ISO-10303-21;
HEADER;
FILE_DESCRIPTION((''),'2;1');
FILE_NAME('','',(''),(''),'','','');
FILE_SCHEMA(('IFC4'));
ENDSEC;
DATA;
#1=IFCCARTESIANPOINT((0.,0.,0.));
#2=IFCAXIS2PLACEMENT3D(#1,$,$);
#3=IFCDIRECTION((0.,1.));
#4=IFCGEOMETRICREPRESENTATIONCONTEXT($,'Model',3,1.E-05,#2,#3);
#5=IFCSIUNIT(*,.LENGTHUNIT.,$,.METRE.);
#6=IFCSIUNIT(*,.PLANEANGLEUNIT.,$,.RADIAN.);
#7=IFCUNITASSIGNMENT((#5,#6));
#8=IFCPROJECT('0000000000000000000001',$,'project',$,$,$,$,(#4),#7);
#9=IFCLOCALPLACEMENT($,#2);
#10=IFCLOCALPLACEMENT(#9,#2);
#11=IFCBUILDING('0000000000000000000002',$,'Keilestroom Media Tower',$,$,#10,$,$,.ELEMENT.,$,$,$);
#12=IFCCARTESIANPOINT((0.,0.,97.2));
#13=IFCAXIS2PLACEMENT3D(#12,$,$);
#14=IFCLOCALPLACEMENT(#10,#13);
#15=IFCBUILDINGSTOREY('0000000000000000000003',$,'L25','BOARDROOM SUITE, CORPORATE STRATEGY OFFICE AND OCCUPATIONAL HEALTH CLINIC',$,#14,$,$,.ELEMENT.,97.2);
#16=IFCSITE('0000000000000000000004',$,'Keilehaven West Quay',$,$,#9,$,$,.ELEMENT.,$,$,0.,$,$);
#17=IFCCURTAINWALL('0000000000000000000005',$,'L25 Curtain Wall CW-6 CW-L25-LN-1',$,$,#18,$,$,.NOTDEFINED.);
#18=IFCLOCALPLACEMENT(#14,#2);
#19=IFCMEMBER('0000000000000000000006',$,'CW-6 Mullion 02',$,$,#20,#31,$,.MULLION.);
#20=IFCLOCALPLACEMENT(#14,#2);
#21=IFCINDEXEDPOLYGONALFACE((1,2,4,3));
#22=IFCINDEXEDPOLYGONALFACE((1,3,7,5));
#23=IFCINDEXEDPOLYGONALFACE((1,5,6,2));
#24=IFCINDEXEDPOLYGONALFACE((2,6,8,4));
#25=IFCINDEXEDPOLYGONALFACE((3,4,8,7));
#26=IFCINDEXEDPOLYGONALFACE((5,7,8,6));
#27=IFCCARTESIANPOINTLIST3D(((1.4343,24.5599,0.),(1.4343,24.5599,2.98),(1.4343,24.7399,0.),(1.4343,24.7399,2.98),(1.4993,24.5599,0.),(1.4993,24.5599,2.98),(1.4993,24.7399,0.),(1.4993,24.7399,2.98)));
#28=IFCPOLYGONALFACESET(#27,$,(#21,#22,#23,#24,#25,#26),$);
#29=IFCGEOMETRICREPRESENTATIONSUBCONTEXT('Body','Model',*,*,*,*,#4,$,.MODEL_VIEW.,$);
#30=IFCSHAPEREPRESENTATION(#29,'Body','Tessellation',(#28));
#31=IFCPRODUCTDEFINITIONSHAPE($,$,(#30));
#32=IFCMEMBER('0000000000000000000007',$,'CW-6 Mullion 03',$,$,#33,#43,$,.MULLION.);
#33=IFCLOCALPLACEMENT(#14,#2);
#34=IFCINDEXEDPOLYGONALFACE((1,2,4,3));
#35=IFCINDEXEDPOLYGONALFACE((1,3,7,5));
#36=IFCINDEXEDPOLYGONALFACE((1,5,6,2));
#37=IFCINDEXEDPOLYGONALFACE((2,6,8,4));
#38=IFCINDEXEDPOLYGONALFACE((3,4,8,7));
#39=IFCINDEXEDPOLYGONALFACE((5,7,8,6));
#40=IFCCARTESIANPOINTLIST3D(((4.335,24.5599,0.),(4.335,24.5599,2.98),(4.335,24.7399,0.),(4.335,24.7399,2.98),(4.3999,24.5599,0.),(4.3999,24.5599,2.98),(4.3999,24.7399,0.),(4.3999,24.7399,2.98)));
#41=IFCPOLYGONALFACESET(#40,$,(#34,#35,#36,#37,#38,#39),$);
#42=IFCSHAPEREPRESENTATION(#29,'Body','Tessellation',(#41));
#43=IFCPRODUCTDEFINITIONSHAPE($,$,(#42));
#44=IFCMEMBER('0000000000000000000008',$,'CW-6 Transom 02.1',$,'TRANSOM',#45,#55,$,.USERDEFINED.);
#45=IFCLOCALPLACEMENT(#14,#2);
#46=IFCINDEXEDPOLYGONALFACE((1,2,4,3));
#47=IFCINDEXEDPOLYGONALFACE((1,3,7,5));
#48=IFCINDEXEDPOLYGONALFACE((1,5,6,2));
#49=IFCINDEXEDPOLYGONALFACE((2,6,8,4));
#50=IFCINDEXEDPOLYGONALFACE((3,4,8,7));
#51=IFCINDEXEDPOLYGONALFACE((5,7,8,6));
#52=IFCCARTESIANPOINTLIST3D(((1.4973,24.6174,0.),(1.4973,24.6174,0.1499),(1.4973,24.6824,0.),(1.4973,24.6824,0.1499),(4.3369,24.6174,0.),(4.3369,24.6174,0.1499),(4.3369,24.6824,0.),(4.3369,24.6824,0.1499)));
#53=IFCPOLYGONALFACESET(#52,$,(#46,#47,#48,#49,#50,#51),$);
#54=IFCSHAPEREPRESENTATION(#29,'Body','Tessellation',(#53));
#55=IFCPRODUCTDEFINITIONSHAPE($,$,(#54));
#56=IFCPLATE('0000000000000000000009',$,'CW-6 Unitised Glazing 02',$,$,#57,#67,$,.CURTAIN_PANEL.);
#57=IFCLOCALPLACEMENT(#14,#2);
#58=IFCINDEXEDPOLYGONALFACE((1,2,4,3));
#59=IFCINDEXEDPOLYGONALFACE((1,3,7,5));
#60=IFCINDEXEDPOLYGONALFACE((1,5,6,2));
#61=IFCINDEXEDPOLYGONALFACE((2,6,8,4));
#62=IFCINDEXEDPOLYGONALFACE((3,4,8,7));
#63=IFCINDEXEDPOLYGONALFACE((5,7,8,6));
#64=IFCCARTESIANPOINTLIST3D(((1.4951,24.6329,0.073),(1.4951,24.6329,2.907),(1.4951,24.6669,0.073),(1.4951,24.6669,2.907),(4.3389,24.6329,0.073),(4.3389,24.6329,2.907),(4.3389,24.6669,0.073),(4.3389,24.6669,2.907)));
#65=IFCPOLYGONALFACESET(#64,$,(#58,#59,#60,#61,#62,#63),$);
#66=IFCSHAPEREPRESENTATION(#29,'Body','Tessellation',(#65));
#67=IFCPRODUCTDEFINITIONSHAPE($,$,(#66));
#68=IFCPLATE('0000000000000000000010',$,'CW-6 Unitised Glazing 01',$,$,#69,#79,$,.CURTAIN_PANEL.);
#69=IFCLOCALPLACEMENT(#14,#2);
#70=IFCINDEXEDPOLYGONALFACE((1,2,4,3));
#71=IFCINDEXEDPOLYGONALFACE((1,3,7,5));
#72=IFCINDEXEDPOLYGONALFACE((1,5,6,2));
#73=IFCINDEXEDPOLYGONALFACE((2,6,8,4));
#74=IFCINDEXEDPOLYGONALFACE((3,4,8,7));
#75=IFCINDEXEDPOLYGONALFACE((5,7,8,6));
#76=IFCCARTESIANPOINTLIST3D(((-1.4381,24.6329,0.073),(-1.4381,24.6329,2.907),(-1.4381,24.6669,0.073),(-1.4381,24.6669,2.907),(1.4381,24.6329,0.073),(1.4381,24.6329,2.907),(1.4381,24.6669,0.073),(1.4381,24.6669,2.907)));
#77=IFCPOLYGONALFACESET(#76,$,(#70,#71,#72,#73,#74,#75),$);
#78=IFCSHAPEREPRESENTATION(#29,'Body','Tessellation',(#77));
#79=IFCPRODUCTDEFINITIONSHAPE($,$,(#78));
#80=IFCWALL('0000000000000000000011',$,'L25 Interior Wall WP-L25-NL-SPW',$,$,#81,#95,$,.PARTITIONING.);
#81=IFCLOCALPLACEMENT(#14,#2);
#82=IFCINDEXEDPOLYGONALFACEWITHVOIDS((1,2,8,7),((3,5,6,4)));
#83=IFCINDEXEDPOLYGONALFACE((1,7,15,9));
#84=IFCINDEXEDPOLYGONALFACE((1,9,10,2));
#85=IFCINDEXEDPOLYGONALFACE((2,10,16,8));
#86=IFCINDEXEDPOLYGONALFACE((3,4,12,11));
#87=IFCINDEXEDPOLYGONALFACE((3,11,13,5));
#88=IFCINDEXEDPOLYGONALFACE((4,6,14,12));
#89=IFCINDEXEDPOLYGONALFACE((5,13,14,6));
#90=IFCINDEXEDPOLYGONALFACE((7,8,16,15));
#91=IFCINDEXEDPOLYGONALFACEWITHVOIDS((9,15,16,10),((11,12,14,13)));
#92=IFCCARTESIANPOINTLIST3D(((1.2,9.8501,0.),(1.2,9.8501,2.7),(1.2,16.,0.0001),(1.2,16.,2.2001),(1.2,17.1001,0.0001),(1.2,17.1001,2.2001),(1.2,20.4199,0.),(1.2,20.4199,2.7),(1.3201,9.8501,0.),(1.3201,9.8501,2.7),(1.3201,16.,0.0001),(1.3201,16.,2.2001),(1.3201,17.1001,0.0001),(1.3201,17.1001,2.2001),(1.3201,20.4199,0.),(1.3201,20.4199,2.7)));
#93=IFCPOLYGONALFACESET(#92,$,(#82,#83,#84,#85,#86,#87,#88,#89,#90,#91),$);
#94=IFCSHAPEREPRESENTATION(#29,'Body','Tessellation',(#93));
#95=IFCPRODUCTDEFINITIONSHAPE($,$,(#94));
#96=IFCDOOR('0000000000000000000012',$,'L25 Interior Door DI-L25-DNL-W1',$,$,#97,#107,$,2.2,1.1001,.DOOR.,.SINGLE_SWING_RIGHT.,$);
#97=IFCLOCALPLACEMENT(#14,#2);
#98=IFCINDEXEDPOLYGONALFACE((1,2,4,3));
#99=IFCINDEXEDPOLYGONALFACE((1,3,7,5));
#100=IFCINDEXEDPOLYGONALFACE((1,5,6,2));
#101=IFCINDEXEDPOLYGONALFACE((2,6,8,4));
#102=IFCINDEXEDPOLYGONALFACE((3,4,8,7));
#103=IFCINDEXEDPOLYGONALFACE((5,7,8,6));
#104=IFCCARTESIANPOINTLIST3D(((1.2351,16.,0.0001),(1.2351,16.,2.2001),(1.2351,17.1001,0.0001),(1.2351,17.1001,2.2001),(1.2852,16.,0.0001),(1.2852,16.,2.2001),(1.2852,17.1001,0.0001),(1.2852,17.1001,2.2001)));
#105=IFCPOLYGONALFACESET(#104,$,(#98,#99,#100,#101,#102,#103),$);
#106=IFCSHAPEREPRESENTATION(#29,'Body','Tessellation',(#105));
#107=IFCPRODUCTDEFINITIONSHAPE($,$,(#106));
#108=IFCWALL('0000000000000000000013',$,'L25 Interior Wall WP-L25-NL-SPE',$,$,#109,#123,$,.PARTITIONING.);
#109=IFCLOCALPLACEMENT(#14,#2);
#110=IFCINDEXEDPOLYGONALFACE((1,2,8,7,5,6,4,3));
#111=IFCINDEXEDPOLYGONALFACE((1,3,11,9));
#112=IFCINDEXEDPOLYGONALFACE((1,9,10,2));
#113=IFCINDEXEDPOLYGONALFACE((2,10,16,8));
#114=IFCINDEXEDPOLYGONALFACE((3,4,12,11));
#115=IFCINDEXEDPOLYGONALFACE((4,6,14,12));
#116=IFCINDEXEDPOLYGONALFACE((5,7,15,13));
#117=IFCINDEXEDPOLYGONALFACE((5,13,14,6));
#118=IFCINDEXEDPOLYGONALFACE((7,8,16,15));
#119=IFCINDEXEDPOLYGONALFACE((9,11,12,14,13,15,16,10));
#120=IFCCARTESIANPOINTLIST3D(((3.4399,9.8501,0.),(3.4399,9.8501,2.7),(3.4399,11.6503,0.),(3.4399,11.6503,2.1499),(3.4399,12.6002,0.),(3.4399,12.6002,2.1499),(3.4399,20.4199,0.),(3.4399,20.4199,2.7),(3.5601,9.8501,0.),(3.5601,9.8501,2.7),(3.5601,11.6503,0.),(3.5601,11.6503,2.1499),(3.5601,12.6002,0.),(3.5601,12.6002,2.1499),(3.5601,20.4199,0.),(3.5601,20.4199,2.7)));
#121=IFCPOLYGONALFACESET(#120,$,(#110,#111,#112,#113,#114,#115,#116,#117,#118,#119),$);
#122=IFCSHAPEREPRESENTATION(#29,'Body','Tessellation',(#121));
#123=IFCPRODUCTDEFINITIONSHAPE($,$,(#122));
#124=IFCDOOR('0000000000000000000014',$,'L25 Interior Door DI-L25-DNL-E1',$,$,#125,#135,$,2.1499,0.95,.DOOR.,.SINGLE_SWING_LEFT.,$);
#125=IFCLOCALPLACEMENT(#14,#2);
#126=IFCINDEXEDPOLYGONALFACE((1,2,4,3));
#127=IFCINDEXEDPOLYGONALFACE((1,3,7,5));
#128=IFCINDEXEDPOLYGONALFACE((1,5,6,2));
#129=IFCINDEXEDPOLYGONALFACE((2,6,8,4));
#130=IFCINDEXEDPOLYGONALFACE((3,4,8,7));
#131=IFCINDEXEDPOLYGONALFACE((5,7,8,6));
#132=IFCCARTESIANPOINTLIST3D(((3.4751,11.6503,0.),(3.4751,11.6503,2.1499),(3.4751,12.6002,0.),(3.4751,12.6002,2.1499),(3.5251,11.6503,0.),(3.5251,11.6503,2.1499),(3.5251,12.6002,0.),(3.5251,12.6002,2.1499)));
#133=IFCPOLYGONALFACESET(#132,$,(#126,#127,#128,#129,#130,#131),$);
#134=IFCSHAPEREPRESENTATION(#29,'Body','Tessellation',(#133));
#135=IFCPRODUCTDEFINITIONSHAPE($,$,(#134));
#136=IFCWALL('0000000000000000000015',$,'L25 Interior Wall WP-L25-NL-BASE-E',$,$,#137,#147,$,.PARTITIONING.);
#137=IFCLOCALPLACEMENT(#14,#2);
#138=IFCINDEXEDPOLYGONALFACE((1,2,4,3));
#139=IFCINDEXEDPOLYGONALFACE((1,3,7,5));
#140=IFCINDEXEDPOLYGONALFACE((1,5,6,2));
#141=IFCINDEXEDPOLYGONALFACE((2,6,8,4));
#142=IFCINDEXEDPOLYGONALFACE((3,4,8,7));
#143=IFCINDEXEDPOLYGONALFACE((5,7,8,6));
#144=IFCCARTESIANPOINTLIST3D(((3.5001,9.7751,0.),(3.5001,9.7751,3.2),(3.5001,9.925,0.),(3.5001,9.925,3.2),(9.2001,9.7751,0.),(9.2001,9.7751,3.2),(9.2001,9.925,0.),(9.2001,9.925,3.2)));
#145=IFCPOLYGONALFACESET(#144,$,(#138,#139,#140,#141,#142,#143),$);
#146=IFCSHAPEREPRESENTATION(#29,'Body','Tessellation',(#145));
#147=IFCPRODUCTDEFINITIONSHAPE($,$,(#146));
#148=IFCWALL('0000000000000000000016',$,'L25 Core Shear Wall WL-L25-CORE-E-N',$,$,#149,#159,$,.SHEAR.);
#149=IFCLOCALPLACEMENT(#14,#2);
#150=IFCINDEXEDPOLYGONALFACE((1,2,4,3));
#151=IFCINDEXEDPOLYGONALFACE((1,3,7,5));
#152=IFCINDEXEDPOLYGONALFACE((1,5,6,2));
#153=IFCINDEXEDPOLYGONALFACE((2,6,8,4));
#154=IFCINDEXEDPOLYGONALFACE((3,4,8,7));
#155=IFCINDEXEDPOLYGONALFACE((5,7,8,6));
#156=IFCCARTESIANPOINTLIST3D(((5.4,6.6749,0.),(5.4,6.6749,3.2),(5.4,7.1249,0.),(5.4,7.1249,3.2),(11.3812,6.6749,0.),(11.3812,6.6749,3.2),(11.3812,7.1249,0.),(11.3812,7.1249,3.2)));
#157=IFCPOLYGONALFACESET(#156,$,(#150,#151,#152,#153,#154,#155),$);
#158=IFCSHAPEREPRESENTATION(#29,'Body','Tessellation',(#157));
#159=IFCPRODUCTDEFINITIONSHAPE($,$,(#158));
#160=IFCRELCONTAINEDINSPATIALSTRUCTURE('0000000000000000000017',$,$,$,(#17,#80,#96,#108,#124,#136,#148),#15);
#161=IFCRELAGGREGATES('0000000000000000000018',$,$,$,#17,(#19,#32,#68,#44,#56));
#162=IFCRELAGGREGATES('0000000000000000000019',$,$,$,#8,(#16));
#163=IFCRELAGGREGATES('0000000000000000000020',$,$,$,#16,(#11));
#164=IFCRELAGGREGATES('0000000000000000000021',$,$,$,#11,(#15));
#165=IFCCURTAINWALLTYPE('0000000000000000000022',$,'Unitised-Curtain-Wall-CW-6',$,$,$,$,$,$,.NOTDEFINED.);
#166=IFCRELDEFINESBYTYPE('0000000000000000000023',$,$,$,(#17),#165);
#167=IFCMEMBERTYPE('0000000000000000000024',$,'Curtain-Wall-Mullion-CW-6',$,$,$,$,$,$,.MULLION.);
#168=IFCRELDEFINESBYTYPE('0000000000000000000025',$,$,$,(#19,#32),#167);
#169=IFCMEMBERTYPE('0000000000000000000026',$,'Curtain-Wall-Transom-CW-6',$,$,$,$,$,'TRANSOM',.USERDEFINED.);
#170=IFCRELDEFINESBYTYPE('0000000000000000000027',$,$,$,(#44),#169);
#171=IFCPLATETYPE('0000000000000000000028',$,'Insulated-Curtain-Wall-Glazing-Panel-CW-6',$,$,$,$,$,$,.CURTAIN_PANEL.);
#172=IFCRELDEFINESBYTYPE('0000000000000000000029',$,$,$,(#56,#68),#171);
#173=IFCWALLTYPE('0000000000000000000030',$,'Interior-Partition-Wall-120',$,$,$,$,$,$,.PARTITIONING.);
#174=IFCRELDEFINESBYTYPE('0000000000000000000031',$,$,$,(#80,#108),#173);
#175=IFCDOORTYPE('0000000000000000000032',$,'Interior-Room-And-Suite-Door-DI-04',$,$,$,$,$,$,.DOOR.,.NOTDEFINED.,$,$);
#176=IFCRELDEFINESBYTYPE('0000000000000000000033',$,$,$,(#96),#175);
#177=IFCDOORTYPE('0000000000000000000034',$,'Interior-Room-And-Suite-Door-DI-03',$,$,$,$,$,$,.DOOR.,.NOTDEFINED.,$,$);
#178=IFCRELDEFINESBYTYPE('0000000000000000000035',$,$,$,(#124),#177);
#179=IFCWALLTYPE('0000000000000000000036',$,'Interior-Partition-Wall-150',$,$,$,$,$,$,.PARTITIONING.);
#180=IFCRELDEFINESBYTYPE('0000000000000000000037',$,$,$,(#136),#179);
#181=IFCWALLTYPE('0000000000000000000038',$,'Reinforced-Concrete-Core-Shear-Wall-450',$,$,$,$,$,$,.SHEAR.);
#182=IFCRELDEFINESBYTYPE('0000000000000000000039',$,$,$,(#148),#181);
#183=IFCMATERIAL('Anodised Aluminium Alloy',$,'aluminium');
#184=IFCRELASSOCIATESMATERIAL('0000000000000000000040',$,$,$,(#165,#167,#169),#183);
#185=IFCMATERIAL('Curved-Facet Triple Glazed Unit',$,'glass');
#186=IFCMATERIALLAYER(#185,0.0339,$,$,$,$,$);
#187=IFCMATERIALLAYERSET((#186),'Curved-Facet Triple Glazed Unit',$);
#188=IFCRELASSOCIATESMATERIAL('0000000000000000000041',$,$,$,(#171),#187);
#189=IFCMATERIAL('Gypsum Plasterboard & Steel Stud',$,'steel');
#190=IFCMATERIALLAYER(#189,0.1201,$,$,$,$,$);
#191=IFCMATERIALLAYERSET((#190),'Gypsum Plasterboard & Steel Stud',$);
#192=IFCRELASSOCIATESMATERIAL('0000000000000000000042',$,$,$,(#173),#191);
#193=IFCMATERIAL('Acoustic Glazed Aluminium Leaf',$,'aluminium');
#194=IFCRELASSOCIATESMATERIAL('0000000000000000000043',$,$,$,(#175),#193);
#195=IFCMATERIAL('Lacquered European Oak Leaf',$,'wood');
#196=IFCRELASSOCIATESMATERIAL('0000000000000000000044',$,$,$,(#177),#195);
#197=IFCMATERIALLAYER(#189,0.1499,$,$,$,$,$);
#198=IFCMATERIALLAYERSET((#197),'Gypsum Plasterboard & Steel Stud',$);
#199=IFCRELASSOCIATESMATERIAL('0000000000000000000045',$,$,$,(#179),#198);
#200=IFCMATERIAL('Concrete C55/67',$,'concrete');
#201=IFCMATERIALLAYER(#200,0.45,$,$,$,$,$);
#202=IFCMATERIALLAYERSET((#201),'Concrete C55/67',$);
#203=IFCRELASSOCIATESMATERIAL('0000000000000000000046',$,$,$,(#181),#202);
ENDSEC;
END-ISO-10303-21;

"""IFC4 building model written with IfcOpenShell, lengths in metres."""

from ifc_helpers import new_model, si_unit, direction, frame, frame_2d, origin, origin_2d, place, context, subcontext, project, spatial, rectangle, extrude, source, transform, mapped, material, layer, layer_set, material_profile, profile_set, type_object, element, fill, aggregate, save


model = new_model("IFC4")

# Units and contexts
model_context = context("Model", 3, precision=1e-05, world=origin(), true_north=direction((0.0, 1.0)))
body_context = subcontext(model_context, "Body", "Model", "MODEL_VIEW")
ifc_project = project(units=[si_unit("LENGTHUNIT", "METRE"), si_unit("PLANEANGLEUNIT", "RADIAN")], contexts=[model_context])

# Site, building, storey
site_placement = place(None, origin())
site = spatial("IfcSite", under=ifc_project, at=site_placement, Name="Keilehaven West Quay", CompositionType="ELEMENT", RefElevation=0.0)
building_placement = place(site_placement, origin())
building = spatial("IfcBuilding", under=site, at=building_placement, Name="Keilestroom Media Tower", CompositionType="ELEMENT")
storey_placement = place(building_placement, frame((0.0, 0.0, 97.2)))
storey = spatial("IfcBuildingStorey", under=building, at=storey_placement, Name="L25", Description="BOARDROOM SUITE, CORPORATE STRATEGY OFFICE AND OCCUPATIONAL HEALTH CLINIC", CompositionType="ELEMENT", Elevation=97.2)

# Shared definitions
ifc_material_1 = material(Name="Concrete C55/67", Category="concrete")

# Curtain wall, members, plates
ifc_material_2 = material(Name="Anodised Aluminium Alloy", Category="aluminium")
curtain_wall_type = type_object("IfcCurtainWallType", Name="Unitised-Curtain-Wall-CW-6", PredefinedType="NOTDEFINED", material=ifc_material_2)
curtain_wall_placement = place(storey_placement, origin())
curtain_wall = element("IfcCurtainWall", 1, at=curtain_wall_placement, inside=storey, type_object=curtain_wall_type, Name="L25 Curtain Wall CW-6 CW-L25-LN-1", PredefinedType="NOTDEFINED")
ifc_material_profile_1 = material_profile(ifc_material_2, rectangle(XDim=0.0649, YDim=0.1799, at=origin_2d()), Name="ALU MULLION 65x180")
ifc_profile_set_1 = profile_set([ifc_material_profile_1], Name="Anodised Aluminium Alloy")
member_type_1 = type_object("IfcMemberType", Name="Curtain-Wall-Mullion-CW-6", PredefinedType="MULLION", material=ifc_profile_set_1)
shared_shape_1 = source(origin(), body_context, "Body", "SweptSolid", [
    extrude(rectangle(XDim=0.0649, YDim=0.1799, at=origin_2d()), origin(), (0.0, 0.0, 1.0), 2.98),
])
member_1_placement = place(storey_placement, frame((1.4668, 24.6499, 0.0), z_axis=(0.0, 0.0, 1.0), x_axis=(1.0, 0.0, 0.0)))
member_1 = element("IfcMember", 2, at=member_1_placement, type_object=member_type_1, Name="CW-6 Mullion 02", PredefinedType="MULLION", context=body_context, shape_type="MappedRepresentation", body=[
    mapped(shared_shape_1, transform((0.0, 0.0, 0.0), x_axis=(1.0, 0.0, 0.0), y_axis=(0.0, 1.0, 0.0), z_axis=(0.0, 0.0, 1.0), scale=1.0)),
])
member_2_placement = place(storey_placement, frame((4.3674, 24.6499, 0.0), z_axis=(0.0, 0.0, 1.0), x_axis=(1.0, 0.0, 0.0)))
member_2 = element("IfcMember", 3, at=member_2_placement, type_object=member_type_1, Name="CW-6 Mullion 03", PredefinedType="MULLION", context=body_context, shape_type="MappedRepresentation", body=[
    mapped(shared_shape_1, transform((0.0, 0.0, 0.0), x_axis=(1.0, 0.0, 0.0), y_axis=(0.0, 1.0, 0.0), z_axis=(0.0, 0.0, 1.0), scale=1.0)),
])
ifc_material_profile_2 = material_profile(ifc_material_2, rectangle(XDim=0.0649, YDim=0.1499, at=origin_2d()), Name="ALU TRANSOM 65x150")
ifc_profile_set_2 = profile_set([ifc_material_profile_2], Name="Anodised Aluminium Alloy")
member_type_2 = type_object("IfcMemberType", Name="Curtain-Wall-Transom-CW-6", ElementType="TRANSOM", PredefinedType="USERDEFINED", material=ifc_profile_set_2)
shared_shape_2 = source(origin(), body_context, "Body", "SweptSolid", [
    extrude(rectangle(XDim=0.0649, YDim=0.1499, at=origin_2d()), origin(), (0.0, 0.0, 1.0), 2.8396),
])
member_3_placement = place(storey_placement, frame((1.4973, 24.6499, 0.075), z_axis=(1.0, 0.0, 0.0), x_axis=(0.0, 1.0, 0.0)))
member_3 = element("IfcMember", 4, at=member_3_placement, type_object=member_type_2, Name="CW-6 Transom 02.1", ObjectType="TRANSOM", PredefinedType="USERDEFINED", context=body_context, shape_type="MappedRepresentation", body=[
    mapped(shared_shape_2, transform((0.0, 0.0, 0.0), x_axis=(1.0, 0.0, 0.0), y_axis=(0.0, 1.0, 0.0), z_axis=(0.0, 0.0, 1.0), scale=1.0)),
])
ifc_material_3 = material(Name="Curved-Facet Triple Glazed Unit", Category="glass")
ifc_layer_1 = layer(ifc_material_3, 0.0339)
ifc_layer_set_1 = layer_set([ifc_layer_1], Name="Curved-Facet Triple Glazed Unit")
plate_type = type_object("IfcPlateType", Name="Insulated-Curtain-Wall-Glazing-Panel-CW-6", PredefinedType="CURTAIN_PANEL", material=ifc_layer_set_1)
shared_shape_3 = source(origin(), body_context, "Body", "SweptSolid", [
    extrude(rectangle(XDim=2.8438, YDim=0.0339, at=origin_2d()), origin(), (0.0, 0.0, 1.0), 2.834),
])
plate_1_placement = place(storey_placement, frame((2.917, 24.6499, 0.073), z_axis=(0.0, 0.0, 1.0), x_axis=(1.0, 0.0, 0.0)))
plate_1 = element("IfcPlate", 5, at=plate_1_placement, type_object=plate_type, Name="CW-6 Unitised Glazing 02", PredefinedType="CURTAIN_PANEL", context=body_context, shape_type="MappedRepresentation", body=[
    mapped(shared_shape_3, transform((0.0, 0.0, 0.0), x_axis=(1.0, 0.0, 0.0), y_axis=(0.0, 1.0, 0.0), z_axis=(0.0, 0.0, 1.0), scale=1.0)),
])
shared_shape_4 = source(origin(), body_context, "Body", "SweptSolid", [
    extrude(rectangle(XDim=2.8762, YDim=0.0339, at=origin_2d()), origin(), (0.0, 0.0, 1.0), 2.834),
])
plate_2_placement = place(storey_placement, frame((0.0, 24.6499, 0.073), z_axis=(0.0, 0.0, 1.0), x_axis=(1.0, 0.0, 0.0)))
plate_2 = element("IfcPlate", 6, at=plate_2_placement, type_object=plate_type, Name="CW-6 Unitised Glazing 01", PredefinedType="CURTAIN_PANEL", context=body_context, shape_type="MappedRepresentation", body=[
    mapped(shared_shape_4, transform((0.0, 0.0, 0.0), x_axis=(1.0, 0.0, 0.0), y_axis=(0.0, 1.0, 0.0), z_axis=(0.0, 0.0, 1.0), scale=1.0)),
])
aggregate(curtain_wall, [member_1, member_2, plate_2, member_3, plate_1])

# Walls, openings, doors
ifc_material_4 = material(Name="Gypsum Plasterboard & Steel Stud", Category="steel")
ifc_layer_2 = layer(ifc_material_4, 0.1201)
ifc_layer_set_2 = layer_set([ifc_layer_2], Name="Gypsum Plasterboard & Steel Stud")
wall_type_1 = type_object("IfcWallType", Name="Interior-Partition-Wall-120", PredefinedType="PARTITIONING", material=ifc_layer_set_2)
wall_1_placement = place(storey_placement, frame((1.26, 9.8501, 0.0), z_axis=(0.0, 0.0, 1.0), x_axis=(0.0, 1.0, 0.0)))
wall_1 = element("IfcWall", 7, at=wall_1_placement, inside=storey, type_object=wall_type_1, Name="L25 Interior Wall WP-L25-NL-SPW", PredefinedType="PARTITIONING", context=body_context, shape_type="SweptSolid", body=[
    extrude(rectangle(XDim=10.5698, YDim=0.1201, at=frame_2d((5.2849, 0.0))), origin(), (0.0, 0.0, 1.0), 2.7),
])
opening_1_placement = place(wall_1_placement, frame((6.1499, 0.0, 0.0)))
opening_1 = element("IfcOpeningElement", 8, at=opening_1_placement, cuts=wall_1, PredefinedType="OPENING", context=body_context, shape_type="SweptSolid", body=[
    extrude(rectangle(XDim=1.1001, YDim=2.2, at=frame_2d((0.55, 1.1001))), frame((0.0, 0.0701, 0.0), z_axis=(0.0, -1.0, 0.0), x_axis=(1.0, 0.0, 0.0)), (0.0, 0.0, 1.0), 0.1401),
])
ifc_material_5 = material(Name="Acoustic Glazed Aluminium Leaf", Category="aluminium")
door_type_1 = type_object("IfcDoorType", Name="Interior-Room-And-Suite-Door-DI-04", OperationType="NOTDEFINED", PredefinedType="DOOR", material=ifc_material_5)
shared_shape_5 = source(origin(), body_context, "Body", "SweptSolid", [
    extrude(rectangle(XDim=1.1001, YDim=2.2, at=frame_2d((0.55, 1.1001))), frame((0.0, 0.0249, 0.0), z_axis=(0.0, -1.0, 0.0), x_axis=(1.0, 0.0, 0.0)), (0.0, 0.0, 1.0), 0.05),
])
door_1_placement = place(opening_1_placement, origin())
door_1 = element("IfcDoor", 9, at=door_1_placement, inside=storey, type_object=door_type_1, Name="L25 Interior Door DI-L25-DNL-W1", OperationType="SINGLE_SWING_RIGHT", OverallHeight=2.2, OverallWidth=1.1001, PredefinedType="DOOR", context=body_context, shape_type="MappedRepresentation", body=[
    mapped(shared_shape_5, transform((0.0, 0.0, 0.0), x_axis=(1.0, 0.0, 0.0), y_axis=(0.0, 1.0, 0.0), z_axis=(0.0, 0.0, 1.0), scale=1.0)),
])
fill(opening_1, door_1)
wall_2_placement = place(storey_placement, frame((3.5, 9.8501, 0.0), z_axis=(0.0, 0.0, 1.0), x_axis=(0.0, 1.0, 0.0)))
wall_2 = element("IfcWall", 10, at=wall_2_placement, inside=storey, type_object=wall_type_1, Name="L25 Interior Wall WP-L25-NL-SPE", PredefinedType="PARTITIONING", context=body_context, shape_type="SweptSolid", body=[
    extrude(rectangle(XDim=10.5698, YDim=0.1201, at=frame_2d((5.2849, 0.0))), origin(), (0.0, 0.0, 1.0), 2.7),
])
opening_2_placement = place(wall_2_placement, frame((1.8, 0.0, 0.0)))
opening_2 = element("IfcOpeningElement", 11, at=opening_2_placement, cuts=wall_2, PredefinedType="OPENING", context=body_context, shape_type="SweptSolid", body=[
    extrude(rectangle(XDim=0.95, YDim=2.1499, at=frame_2d((0.4751, 1.075))), frame((0.0, 0.0701, 0.0), z_axis=(0.0, -1.0, 0.0), x_axis=(1.0, 0.0, 0.0)), (0.0, 0.0, 1.0), 0.1401),
])
ifc_material_6 = material(Name="Lacquered European Oak Leaf", Category="wood")
door_type_2 = type_object("IfcDoorType", Name="Interior-Room-And-Suite-Door-DI-03", OperationType="NOTDEFINED", PredefinedType="DOOR", material=ifc_material_6)
shared_shape_6 = source(origin(), body_context, "Body", "SweptSolid", [
    extrude(rectangle(XDim=0.95, YDim=2.1499, at=frame_2d((0.4751, 1.075))), frame((0.0, 0.0249, 0.0), z_axis=(0.0, -1.0, 0.0), x_axis=(1.0, 0.0, 0.0)), (0.0, 0.0, 1.0), 0.05),
])
door_2_placement = place(opening_2_placement, origin())
door_2 = element("IfcDoor", 12, at=door_2_placement, inside=storey, type_object=door_type_2, Name="L25 Interior Door DI-L25-DNL-E1", OperationType="SINGLE_SWING_LEFT", OverallHeight=2.1499, OverallWidth=0.95, PredefinedType="DOOR", context=body_context, shape_type="MappedRepresentation", body=[
    mapped(shared_shape_6, transform((0.0, 0.0, 0.0), x_axis=(1.0, 0.0, 0.0), y_axis=(0.0, 1.0, 0.0), z_axis=(0.0, 0.0, 1.0), scale=1.0)),
])
fill(opening_2, door_2)

# Walls
ifc_layer_3 = layer(ifc_material_4, 0.1499)
ifc_layer_set_3 = layer_set([ifc_layer_3], Name="Gypsum Plasterboard & Steel Stud")
wall_type_2 = type_object("IfcWallType", Name="Interior-Partition-Wall-150", PredefinedType="PARTITIONING", material=ifc_layer_set_3)
wall_3_placement = place(storey_placement, frame((3.5, 9.8501, 0.0), z_axis=(0.0, 0.0, 1.0), x_axis=(1.0, 0.0, 0.0)))
element("IfcWall", 13, at=wall_3_placement, inside=storey, type_object=wall_type_2, Name="L25 Interior Wall WP-L25-NL-BASE-E", PredefinedType="PARTITIONING", context=body_context, shape_type="SweptSolid", body=[
    extrude(rectangle(XDim=5.7, YDim=0.1499, at=frame_2d((2.8501, 0.0))), origin(), (0.0, 0.0, 1.0), 3.2),
])
ifc_layer_4 = layer(ifc_material_1, 0.45)
ifc_layer_set_4 = layer_set([ifc_layer_4], Name="Concrete C55/67")
wall_type_3 = type_object("IfcWallType", Name="Reinforced-Concrete-Core-Shear-Wall-450", PredefinedType="SHEAR", material=ifc_layer_set_4)
wall_4_placement = place(storey_placement, frame((5.3999, 6.8999, 0.0), z_axis=(0.0, 0.0, 1.0), x_axis=(1.0, 0.0, 0.0)))
element("IfcWall", 14, at=wall_4_placement, inside=storey, type_object=wall_type_3, Name="L25 Core Shear Wall WL-L25-CORE-E-N", PredefinedType="SHEAR", context=body_context, shape_type="SweptSolid", body=[
    extrude(rectangle(XDim=5.9812, YDim=0.45, at=frame_2d((2.9907, 0.0))), origin(), (0.0, 0.0, 1.0), 3.2),
])

save(model, "model.ifc")
